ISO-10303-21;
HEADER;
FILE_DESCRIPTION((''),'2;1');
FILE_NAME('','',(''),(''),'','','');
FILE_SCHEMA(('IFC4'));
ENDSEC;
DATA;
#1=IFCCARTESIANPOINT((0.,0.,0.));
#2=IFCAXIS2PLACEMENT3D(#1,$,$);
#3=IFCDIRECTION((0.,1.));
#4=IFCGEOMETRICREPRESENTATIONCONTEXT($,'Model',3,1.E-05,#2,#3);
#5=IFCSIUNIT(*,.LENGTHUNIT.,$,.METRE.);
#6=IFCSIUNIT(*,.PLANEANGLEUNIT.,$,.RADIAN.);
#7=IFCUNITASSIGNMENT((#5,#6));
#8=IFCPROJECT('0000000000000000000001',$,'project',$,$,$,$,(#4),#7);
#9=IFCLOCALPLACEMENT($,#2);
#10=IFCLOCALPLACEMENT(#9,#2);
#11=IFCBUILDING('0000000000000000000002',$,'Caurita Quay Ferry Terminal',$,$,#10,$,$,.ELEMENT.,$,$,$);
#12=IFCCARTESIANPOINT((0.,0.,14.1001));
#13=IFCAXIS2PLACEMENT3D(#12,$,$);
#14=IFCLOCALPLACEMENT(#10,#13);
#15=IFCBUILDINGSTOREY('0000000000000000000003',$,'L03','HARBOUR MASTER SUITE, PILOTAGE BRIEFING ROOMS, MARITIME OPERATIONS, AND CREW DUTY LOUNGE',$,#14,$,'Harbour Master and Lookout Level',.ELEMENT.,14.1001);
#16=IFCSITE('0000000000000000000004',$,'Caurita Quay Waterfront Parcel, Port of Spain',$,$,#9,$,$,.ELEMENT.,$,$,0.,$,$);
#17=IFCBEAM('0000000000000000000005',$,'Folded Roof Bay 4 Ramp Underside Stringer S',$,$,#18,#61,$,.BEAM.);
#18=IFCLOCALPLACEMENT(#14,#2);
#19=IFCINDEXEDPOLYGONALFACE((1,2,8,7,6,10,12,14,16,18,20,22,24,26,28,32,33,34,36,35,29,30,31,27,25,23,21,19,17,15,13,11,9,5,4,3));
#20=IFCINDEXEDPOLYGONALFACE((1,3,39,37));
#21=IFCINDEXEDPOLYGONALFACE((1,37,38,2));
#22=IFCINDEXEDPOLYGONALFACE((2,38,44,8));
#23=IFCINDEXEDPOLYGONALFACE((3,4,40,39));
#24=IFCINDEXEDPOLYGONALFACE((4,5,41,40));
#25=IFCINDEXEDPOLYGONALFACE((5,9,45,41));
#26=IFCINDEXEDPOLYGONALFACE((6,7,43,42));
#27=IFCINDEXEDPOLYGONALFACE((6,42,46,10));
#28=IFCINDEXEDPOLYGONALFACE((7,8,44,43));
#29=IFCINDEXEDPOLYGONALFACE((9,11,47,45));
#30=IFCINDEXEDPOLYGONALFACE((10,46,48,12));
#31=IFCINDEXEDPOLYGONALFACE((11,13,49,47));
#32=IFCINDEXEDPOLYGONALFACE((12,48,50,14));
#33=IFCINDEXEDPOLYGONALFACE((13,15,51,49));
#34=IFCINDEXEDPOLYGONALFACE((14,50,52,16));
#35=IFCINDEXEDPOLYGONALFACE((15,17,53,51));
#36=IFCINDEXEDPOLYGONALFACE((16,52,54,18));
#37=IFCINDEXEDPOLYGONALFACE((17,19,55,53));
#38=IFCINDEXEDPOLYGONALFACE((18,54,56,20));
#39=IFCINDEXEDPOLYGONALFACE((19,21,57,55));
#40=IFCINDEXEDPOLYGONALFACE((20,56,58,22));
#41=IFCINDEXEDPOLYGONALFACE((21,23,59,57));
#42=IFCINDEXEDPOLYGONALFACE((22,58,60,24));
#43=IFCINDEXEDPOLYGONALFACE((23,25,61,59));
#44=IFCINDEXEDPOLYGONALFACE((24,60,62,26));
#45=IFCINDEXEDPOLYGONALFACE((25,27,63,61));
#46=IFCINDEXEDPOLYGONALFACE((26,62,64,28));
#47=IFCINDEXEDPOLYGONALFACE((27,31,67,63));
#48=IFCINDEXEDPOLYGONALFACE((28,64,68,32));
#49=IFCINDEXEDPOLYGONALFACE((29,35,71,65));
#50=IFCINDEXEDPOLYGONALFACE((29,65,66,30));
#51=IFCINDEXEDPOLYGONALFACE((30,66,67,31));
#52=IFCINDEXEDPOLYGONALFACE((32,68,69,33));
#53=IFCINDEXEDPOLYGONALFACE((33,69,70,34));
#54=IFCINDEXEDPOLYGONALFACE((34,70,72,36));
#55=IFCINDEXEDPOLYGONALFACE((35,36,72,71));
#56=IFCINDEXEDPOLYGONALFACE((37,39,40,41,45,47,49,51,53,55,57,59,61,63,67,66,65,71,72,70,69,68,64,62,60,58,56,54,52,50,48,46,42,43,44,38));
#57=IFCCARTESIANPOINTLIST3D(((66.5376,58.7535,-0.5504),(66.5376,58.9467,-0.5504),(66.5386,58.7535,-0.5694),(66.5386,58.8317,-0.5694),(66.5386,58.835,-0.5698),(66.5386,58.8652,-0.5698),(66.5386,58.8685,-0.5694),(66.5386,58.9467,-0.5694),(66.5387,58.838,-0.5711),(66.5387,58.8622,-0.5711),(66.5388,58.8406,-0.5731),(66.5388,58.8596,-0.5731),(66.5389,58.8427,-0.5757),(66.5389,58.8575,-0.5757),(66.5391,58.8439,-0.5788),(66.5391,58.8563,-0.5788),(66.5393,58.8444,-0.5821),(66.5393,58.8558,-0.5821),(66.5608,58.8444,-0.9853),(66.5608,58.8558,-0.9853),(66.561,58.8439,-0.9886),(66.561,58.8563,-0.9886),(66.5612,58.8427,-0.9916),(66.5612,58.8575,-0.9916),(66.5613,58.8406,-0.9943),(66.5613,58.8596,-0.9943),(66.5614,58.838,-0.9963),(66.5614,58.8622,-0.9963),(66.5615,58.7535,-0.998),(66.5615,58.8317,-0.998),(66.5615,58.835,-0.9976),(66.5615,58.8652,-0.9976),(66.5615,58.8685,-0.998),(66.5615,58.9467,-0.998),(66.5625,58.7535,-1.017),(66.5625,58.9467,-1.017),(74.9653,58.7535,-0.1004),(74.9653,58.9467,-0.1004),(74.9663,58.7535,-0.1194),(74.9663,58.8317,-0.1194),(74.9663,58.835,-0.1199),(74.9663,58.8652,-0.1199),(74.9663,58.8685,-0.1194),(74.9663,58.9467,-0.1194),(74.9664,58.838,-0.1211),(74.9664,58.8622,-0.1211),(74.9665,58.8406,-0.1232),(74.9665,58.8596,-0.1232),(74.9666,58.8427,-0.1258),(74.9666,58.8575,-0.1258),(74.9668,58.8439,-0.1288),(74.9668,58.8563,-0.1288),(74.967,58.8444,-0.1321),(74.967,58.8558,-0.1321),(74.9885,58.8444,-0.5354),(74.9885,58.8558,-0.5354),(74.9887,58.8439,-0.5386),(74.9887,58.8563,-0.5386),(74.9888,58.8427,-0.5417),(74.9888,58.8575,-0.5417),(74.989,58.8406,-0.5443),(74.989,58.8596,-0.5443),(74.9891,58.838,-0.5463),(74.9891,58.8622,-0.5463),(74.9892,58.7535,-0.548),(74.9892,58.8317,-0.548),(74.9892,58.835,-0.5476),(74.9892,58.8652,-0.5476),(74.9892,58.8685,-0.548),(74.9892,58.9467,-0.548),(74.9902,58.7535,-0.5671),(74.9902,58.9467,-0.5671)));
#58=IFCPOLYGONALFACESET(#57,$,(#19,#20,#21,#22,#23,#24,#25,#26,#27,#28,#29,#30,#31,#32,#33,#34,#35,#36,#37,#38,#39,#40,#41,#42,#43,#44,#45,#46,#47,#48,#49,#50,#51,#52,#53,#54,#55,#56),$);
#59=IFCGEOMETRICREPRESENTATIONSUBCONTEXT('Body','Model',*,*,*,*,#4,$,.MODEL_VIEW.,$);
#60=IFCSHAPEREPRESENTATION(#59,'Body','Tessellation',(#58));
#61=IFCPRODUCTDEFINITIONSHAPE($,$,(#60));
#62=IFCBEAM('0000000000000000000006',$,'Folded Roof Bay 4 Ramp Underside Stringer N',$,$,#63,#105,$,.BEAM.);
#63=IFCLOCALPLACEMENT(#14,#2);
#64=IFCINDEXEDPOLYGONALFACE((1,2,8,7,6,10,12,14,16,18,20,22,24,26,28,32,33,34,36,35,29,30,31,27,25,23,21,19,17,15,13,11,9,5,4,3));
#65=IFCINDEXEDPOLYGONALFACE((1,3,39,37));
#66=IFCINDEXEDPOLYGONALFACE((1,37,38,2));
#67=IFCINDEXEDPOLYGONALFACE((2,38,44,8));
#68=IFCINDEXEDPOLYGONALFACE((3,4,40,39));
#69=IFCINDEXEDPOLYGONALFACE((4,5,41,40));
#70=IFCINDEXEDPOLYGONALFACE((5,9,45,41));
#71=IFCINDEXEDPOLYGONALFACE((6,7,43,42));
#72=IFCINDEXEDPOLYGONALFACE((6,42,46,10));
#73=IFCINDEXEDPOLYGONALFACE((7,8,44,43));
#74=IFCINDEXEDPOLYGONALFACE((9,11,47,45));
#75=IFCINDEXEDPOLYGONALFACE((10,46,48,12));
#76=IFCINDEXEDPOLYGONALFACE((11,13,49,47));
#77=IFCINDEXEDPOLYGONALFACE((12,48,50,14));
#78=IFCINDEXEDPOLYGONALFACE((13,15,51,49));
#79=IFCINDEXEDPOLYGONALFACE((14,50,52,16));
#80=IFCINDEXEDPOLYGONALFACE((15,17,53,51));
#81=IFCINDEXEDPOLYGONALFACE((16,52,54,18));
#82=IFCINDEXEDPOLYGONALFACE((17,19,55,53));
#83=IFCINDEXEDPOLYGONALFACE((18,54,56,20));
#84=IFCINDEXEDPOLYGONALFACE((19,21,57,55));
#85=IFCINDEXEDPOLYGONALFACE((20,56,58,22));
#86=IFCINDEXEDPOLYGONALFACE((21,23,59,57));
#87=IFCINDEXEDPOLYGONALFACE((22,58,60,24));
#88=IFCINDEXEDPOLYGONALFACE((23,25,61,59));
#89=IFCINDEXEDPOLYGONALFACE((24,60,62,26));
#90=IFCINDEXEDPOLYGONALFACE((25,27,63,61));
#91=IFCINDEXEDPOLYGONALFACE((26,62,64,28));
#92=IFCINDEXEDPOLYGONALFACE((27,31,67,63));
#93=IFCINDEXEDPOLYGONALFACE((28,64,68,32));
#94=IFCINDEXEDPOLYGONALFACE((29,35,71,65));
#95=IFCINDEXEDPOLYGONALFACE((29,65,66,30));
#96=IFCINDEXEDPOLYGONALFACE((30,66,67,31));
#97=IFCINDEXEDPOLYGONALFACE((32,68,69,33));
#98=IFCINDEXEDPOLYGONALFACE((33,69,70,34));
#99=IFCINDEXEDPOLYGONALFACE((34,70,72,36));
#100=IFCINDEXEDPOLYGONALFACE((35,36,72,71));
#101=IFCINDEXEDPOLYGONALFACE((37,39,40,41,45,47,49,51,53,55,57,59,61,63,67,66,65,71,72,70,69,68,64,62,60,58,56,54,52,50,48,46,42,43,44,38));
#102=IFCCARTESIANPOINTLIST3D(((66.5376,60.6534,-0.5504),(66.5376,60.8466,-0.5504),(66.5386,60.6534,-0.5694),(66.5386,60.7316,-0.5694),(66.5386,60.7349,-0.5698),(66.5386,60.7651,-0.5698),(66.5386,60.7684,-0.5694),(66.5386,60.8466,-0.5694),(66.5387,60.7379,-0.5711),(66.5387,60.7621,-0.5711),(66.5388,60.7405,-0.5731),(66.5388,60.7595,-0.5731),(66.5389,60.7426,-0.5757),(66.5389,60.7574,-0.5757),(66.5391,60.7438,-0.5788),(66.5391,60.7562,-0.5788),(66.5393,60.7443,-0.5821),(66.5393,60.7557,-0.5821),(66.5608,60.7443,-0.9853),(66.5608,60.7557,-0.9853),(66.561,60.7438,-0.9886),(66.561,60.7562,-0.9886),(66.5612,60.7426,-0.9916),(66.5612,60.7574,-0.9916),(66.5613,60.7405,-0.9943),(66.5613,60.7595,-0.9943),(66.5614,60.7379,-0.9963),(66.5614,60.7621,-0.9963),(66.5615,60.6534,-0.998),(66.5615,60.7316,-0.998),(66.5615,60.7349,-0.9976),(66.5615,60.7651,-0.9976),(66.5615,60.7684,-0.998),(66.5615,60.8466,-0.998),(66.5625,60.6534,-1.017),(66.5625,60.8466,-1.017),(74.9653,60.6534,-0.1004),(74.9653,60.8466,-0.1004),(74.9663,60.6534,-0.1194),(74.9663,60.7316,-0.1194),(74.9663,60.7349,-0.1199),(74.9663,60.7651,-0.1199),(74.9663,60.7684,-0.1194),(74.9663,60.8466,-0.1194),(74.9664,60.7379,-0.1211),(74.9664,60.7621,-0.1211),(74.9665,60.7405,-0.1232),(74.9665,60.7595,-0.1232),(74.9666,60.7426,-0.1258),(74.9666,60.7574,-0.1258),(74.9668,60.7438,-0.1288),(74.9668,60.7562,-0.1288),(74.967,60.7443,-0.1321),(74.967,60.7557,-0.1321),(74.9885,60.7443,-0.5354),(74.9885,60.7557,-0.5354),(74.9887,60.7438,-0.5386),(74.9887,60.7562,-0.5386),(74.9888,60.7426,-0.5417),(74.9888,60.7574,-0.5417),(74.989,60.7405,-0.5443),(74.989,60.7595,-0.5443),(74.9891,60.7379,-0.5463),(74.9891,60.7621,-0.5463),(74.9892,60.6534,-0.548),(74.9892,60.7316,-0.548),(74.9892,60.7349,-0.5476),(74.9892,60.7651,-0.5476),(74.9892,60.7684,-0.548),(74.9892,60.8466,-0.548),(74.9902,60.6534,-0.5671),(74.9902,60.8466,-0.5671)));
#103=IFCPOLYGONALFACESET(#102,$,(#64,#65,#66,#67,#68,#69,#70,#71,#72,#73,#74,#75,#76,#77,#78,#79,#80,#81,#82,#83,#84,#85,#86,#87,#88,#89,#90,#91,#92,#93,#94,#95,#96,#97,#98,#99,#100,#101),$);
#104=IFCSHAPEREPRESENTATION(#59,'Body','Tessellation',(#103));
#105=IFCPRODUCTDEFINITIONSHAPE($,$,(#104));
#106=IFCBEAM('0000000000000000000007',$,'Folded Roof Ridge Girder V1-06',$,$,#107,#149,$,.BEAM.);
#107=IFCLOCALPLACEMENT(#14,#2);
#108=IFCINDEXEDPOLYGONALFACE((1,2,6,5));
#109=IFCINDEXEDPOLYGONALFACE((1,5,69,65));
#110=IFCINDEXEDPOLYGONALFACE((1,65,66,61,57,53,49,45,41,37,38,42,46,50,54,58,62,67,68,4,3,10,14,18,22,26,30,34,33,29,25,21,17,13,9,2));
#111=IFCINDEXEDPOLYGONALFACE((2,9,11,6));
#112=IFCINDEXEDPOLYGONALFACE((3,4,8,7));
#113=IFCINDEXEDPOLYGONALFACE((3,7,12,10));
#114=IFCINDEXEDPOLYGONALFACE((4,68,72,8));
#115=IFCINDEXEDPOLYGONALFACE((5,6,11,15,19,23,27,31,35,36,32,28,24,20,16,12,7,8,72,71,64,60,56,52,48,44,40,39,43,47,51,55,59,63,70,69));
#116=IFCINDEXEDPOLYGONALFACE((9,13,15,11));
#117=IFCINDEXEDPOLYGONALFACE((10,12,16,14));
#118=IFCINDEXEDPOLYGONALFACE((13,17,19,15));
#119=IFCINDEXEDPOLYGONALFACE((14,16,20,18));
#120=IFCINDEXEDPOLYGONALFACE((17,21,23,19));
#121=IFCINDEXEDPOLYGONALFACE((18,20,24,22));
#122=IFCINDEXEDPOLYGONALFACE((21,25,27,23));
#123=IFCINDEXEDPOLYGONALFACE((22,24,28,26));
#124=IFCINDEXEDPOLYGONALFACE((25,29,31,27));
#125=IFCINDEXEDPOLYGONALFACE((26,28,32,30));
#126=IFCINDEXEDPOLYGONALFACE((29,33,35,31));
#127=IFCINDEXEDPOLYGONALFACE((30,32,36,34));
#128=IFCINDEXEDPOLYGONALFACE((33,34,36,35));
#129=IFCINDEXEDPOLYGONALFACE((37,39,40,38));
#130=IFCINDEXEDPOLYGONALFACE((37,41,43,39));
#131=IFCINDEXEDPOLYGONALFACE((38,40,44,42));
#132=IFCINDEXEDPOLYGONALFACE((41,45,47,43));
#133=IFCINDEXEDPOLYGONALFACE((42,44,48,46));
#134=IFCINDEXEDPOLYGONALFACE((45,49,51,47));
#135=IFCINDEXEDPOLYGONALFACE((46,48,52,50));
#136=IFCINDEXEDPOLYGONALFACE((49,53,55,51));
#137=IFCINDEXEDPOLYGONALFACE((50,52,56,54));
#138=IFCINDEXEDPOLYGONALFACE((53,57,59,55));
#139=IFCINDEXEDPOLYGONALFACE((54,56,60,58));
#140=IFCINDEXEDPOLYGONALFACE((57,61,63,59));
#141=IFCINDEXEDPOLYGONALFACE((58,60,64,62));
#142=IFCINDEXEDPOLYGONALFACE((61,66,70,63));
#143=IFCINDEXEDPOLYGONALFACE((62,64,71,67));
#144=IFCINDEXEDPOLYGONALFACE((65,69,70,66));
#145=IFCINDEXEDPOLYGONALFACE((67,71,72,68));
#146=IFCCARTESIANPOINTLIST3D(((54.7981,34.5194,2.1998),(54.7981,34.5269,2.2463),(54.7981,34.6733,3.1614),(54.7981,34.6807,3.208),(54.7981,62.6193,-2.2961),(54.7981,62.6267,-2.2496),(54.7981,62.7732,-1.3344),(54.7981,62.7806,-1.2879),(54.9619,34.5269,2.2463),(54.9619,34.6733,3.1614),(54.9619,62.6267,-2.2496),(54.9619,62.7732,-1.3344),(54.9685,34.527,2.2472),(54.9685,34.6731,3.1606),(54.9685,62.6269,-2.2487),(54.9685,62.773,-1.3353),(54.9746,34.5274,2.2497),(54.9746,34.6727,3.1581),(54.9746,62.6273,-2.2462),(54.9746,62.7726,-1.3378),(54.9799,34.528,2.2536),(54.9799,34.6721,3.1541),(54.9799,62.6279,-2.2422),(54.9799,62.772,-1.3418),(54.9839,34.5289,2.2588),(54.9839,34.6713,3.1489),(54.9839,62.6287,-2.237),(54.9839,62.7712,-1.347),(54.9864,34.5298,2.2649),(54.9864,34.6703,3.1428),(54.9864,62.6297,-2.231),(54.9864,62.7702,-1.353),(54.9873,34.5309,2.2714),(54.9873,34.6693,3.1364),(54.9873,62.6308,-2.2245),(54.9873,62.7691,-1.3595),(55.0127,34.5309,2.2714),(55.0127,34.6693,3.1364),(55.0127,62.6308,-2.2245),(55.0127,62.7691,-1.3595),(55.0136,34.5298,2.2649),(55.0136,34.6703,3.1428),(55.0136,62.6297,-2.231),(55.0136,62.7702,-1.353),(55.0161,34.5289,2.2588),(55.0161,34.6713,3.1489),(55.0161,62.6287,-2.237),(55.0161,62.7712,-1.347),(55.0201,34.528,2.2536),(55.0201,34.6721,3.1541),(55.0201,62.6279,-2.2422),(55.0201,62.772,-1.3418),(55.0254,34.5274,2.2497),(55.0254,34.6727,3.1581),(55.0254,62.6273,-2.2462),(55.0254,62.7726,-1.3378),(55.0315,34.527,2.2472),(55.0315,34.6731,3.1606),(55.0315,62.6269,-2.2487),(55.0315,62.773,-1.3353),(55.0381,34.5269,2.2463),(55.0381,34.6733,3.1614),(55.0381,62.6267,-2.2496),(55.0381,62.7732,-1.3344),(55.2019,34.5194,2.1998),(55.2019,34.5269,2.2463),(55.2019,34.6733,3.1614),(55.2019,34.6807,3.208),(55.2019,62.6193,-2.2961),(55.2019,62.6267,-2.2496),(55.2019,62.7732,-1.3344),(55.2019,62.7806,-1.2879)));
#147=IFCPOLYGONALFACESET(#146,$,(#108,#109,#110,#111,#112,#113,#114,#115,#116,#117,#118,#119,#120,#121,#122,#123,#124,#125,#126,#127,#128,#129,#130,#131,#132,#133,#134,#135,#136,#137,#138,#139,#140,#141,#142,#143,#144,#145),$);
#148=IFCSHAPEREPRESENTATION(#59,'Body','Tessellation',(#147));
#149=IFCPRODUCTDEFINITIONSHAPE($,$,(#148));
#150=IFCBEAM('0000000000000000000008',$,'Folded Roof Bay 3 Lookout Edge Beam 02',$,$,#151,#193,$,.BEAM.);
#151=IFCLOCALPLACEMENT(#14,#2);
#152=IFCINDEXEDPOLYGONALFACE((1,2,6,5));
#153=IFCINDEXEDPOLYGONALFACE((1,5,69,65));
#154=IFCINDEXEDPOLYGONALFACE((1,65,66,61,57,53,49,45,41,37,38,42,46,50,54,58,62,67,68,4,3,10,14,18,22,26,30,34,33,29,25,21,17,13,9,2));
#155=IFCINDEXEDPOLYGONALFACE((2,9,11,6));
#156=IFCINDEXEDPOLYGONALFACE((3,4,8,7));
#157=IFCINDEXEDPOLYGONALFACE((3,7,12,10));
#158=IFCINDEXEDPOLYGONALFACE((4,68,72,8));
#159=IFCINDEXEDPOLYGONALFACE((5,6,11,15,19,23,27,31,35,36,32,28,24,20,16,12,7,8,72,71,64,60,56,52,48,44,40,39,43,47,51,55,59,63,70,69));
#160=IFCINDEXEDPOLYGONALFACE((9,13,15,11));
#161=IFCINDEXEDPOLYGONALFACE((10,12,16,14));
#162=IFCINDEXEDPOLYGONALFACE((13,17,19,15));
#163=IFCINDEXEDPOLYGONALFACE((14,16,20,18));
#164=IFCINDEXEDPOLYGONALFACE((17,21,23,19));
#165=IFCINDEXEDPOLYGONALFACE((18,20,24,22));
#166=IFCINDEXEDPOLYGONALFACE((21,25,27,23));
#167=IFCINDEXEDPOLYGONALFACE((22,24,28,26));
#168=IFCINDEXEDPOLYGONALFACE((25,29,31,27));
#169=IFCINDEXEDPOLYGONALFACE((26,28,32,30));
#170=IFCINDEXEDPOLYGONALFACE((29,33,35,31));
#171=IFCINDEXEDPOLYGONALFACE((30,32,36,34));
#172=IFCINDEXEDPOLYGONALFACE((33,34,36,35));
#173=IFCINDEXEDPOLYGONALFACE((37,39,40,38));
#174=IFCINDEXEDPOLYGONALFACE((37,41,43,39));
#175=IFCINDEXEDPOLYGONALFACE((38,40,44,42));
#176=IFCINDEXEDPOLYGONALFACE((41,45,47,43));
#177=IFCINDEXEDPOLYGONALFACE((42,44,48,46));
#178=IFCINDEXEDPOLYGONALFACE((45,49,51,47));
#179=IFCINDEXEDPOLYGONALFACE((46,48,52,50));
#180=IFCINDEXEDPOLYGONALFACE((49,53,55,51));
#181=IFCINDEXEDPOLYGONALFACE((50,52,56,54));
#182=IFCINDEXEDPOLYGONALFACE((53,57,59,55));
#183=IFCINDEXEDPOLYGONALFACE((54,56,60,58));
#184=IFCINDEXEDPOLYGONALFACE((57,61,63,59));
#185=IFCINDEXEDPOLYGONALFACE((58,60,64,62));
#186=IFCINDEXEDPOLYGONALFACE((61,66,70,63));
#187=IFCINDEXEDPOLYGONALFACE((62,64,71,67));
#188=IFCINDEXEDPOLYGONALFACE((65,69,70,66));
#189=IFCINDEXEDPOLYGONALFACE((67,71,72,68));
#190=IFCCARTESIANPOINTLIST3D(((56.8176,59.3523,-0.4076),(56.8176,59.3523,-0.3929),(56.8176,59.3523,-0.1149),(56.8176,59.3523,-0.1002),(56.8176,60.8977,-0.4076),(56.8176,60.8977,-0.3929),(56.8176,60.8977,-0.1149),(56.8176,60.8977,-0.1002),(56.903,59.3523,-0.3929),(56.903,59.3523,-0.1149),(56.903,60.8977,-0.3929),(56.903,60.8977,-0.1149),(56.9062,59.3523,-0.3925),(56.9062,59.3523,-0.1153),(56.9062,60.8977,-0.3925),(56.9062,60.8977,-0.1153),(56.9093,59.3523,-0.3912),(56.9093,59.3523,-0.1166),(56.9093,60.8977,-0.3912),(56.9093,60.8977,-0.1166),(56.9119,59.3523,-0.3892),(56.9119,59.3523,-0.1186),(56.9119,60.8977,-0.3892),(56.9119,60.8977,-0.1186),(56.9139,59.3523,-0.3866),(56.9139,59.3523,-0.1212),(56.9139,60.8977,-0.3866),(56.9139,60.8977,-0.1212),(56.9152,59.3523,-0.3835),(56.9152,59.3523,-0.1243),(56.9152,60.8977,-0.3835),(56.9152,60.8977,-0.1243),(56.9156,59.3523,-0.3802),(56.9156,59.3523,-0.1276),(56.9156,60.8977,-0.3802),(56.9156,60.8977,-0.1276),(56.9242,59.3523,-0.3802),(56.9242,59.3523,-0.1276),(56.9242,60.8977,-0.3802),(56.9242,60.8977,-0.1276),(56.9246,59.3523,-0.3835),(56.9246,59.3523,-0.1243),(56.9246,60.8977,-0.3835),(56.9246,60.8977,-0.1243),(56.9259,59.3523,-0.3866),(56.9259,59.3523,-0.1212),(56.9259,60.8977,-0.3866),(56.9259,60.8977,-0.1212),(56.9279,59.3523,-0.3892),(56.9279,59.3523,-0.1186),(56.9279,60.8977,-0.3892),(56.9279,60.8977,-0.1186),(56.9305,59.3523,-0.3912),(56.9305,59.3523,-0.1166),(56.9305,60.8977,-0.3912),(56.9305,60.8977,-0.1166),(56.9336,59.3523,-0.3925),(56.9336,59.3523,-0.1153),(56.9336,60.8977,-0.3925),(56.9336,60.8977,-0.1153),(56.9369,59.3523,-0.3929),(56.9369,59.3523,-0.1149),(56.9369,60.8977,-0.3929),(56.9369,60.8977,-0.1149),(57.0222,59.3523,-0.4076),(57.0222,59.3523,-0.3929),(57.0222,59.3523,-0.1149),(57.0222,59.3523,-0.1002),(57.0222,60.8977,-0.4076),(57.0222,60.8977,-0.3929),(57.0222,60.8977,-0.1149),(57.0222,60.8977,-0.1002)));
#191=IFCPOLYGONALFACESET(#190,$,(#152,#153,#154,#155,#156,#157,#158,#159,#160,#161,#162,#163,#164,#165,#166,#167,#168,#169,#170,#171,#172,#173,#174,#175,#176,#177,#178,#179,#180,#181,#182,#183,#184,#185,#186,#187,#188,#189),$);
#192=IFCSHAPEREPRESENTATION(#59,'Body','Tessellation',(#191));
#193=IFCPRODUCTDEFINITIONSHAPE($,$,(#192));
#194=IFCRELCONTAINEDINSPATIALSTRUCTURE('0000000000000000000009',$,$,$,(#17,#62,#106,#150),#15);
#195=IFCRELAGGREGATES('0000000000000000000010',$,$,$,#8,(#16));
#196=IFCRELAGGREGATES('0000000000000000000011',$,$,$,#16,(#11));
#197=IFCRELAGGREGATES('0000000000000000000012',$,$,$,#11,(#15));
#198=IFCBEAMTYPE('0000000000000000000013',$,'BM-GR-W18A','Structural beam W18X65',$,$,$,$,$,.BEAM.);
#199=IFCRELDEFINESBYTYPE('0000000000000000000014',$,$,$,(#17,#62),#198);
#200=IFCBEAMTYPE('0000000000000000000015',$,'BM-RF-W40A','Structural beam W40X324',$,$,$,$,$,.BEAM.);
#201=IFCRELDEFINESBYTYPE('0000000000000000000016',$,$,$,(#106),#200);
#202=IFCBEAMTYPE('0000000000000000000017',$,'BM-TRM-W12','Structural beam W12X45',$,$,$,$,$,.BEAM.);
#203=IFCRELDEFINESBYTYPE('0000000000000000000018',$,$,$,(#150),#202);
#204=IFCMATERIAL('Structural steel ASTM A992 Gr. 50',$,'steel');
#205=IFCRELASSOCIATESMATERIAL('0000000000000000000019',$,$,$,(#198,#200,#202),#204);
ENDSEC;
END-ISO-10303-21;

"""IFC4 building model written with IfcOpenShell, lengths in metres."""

from ifc_helpers import new_model, si_unit, direction, frame, origin, origin_2d, place, context, subcontext, project, spatial, i_section, extrude, material, material_profile, profile_set, type_object, element, save


model = new_model("IFC4")

# Units and contexts
model_context = context("Model", 3, precision=1e-05, world=origin(), true_north=direction((0.0, 1.0)))
body_context = subcontext(model_context, "Body", "Model", "MODEL_VIEW")
ifc_project = project(units=[si_unit("LENGTHUNIT", "METRE"), si_unit("PLANEANGLEUNIT", "RADIAN")], contexts=[model_context])

# Site, building, storey
site_placement = place(None, origin())
site = spatial("IfcSite", under=ifc_project, at=site_placement, Name="Caurita Quay Waterfront Parcel, Port of Spain", CompositionType="ELEMENT", RefElevation=0.0)
building_placement = place(site_placement, origin())
building = spatial("IfcBuilding", under=site, at=building_placement, Name="Caurita Quay Ferry Terminal", CompositionType="ELEMENT")
storey_placement = place(building_placement, frame((0.0, 0.0, 14.1001)))
storey = spatial("IfcBuildingStorey", under=building, at=storey_placement, Name="L03", Description="HARBOUR MASTER SUITE, PILOTAGE BRIEFING ROOMS, MARITIME OPERATIONS, AND CREW DUTY LOUNGE", LongName="Harbour Master and Lookout Level", CompositionType="ELEMENT", Elevation=14.1001)

# Beams
ifc_material_1 = material(Name="Structural steel ASTM A992 Gr. 50", Category="steel")
ifc_material_profile_1 = material_profile(ifc_material_1, i_section(OverallWidth=0.1931, OverallDepth=0.4673, WebThickness=0.0115, FlangeThickness=0.019, FilletRadius=0.0127, at=origin_2d()), Name="W18X65")
ifc_profile_set_1 = profile_set([ifc_material_profile_1], Name="Structural steel ASTM A992 Gr. 50")
beam_type_1 = type_object("IfcBeamType", Name="BM-GR-W18A", Description="Structural beam W18X65", PredefinedType="BEAM", material=ifc_profile_set_1)
for number, where, z_axis, x_axis, name in (
    (1, (66.55, 58.8501, -0.7837), (0.998578, 0.0, 0.053313), (0.0, 1.0, 0.0), "Folded Roof Bay 4 Ramp Underside Stringer S"),
    (2, (66.55, 60.75, -0.7837), (0.998578, 0.0, 0.053313), (0.0, 1.0, 0.0), "Folded Roof Bay 4 Ramp Underside Stringer N"),
):
    element("IfcBeam", number, at=place(storey_placement, frame(where, z_axis=z_axis, x_axis=x_axis)), inside=storey, type_object=beam_type_1, Name=name, PredefinedType="BEAM", context=body_context, shape_type="SweptSolid", body=[
        extrude(i_section(OverallWidth=0.1931, OverallDepth=0.4673, WebThickness=0.0115, FlangeThickness=0.019, FilletRadius=0.0127, at=origin_2d()), origin(), (0.0, 0.0, 1.0), 8.4397),
    ])
ifc_material_profile_2 = material_profile(ifc_material_1, i_section(OverallWidth=0.4038, OverallDepth=1.021, WebThickness=0.0254, FlangeThickness=0.0471, FilletRadius=0.0254, at=origin_2d()), Name="W40X324")
ifc_profile_set_2 = profile_set([ifc_material_profile_2], Name="Structural steel ASTM A992 Gr. 50")
beam_type_2 = type_object("IfcBeamType", Name="BM-RF-W40A", Description="Structural beam W40X324", PredefinedType="BEAM", material=ifc_profile_set_2)
beam_1_placement = place(storey_placement, frame((55.0, 62.7, -1.792), z_axis=(0.0, -0.987441, 0.157986), x_axis=(1.0, 0.0, 0.0)))
element("IfcBeam", 3, at=beam_1_placement, inside=storey, type_object=beam_type_2, Name="Folded Roof Ridge Girder V1-06", PredefinedType="BEAM", context=body_context, shape_type="SweptSolid", body=[
    extrude(i_section(OverallWidth=0.4038, OverallDepth=1.021, WebThickness=0.0254, FlangeThickness=0.0471, FilletRadius=0.0254, at=origin_2d()), origin(), (0.0, 0.0, 1.0), 28.4573),
])
ifc_material_profile_3 = material_profile(ifc_material_1, i_section(OverallWidth=0.2046, OverallDepth=0.3074, WebThickness=0.0085, FlangeThickness=0.0146, FilletRadius=0.0127, at=origin_2d()), Name="W12X45")
ifc_profile_set_3 = profile_set([ifc_material_profile_3], Name="Structural steel ASTM A992 Gr. 50")
beam_type_3 = type_object("IfcBeamType", Name="BM-TRM-W12", Description="Structural beam W12X45", PredefinedType="BEAM", material=ifc_profile_set_3)
beam_2_placement = place(storey_placement, frame((56.9199, 60.8977, -0.2539), z_axis=(0.0, -1.0, 0.0), x_axis=(1.0, 0.0, 0.0)))
element("IfcBeam", 4, at=beam_2_placement, inside=storey, type_object=beam_type_3, Name="Folded Roof Bay 3 Lookout Edge Beam 02", PredefinedType="BEAM", context=body_context, shape_type="SweptSolid", body=[
    extrude(i_section(OverallWidth=0.2046, OverallDepth=0.3074, WebThickness=0.0085, FlangeThickness=0.0146, FilletRadius=0.0127, at=origin_2d()), origin(), (0.0, 0.0, 1.0), 1.5454),
])

save(model, "model.ifc")
